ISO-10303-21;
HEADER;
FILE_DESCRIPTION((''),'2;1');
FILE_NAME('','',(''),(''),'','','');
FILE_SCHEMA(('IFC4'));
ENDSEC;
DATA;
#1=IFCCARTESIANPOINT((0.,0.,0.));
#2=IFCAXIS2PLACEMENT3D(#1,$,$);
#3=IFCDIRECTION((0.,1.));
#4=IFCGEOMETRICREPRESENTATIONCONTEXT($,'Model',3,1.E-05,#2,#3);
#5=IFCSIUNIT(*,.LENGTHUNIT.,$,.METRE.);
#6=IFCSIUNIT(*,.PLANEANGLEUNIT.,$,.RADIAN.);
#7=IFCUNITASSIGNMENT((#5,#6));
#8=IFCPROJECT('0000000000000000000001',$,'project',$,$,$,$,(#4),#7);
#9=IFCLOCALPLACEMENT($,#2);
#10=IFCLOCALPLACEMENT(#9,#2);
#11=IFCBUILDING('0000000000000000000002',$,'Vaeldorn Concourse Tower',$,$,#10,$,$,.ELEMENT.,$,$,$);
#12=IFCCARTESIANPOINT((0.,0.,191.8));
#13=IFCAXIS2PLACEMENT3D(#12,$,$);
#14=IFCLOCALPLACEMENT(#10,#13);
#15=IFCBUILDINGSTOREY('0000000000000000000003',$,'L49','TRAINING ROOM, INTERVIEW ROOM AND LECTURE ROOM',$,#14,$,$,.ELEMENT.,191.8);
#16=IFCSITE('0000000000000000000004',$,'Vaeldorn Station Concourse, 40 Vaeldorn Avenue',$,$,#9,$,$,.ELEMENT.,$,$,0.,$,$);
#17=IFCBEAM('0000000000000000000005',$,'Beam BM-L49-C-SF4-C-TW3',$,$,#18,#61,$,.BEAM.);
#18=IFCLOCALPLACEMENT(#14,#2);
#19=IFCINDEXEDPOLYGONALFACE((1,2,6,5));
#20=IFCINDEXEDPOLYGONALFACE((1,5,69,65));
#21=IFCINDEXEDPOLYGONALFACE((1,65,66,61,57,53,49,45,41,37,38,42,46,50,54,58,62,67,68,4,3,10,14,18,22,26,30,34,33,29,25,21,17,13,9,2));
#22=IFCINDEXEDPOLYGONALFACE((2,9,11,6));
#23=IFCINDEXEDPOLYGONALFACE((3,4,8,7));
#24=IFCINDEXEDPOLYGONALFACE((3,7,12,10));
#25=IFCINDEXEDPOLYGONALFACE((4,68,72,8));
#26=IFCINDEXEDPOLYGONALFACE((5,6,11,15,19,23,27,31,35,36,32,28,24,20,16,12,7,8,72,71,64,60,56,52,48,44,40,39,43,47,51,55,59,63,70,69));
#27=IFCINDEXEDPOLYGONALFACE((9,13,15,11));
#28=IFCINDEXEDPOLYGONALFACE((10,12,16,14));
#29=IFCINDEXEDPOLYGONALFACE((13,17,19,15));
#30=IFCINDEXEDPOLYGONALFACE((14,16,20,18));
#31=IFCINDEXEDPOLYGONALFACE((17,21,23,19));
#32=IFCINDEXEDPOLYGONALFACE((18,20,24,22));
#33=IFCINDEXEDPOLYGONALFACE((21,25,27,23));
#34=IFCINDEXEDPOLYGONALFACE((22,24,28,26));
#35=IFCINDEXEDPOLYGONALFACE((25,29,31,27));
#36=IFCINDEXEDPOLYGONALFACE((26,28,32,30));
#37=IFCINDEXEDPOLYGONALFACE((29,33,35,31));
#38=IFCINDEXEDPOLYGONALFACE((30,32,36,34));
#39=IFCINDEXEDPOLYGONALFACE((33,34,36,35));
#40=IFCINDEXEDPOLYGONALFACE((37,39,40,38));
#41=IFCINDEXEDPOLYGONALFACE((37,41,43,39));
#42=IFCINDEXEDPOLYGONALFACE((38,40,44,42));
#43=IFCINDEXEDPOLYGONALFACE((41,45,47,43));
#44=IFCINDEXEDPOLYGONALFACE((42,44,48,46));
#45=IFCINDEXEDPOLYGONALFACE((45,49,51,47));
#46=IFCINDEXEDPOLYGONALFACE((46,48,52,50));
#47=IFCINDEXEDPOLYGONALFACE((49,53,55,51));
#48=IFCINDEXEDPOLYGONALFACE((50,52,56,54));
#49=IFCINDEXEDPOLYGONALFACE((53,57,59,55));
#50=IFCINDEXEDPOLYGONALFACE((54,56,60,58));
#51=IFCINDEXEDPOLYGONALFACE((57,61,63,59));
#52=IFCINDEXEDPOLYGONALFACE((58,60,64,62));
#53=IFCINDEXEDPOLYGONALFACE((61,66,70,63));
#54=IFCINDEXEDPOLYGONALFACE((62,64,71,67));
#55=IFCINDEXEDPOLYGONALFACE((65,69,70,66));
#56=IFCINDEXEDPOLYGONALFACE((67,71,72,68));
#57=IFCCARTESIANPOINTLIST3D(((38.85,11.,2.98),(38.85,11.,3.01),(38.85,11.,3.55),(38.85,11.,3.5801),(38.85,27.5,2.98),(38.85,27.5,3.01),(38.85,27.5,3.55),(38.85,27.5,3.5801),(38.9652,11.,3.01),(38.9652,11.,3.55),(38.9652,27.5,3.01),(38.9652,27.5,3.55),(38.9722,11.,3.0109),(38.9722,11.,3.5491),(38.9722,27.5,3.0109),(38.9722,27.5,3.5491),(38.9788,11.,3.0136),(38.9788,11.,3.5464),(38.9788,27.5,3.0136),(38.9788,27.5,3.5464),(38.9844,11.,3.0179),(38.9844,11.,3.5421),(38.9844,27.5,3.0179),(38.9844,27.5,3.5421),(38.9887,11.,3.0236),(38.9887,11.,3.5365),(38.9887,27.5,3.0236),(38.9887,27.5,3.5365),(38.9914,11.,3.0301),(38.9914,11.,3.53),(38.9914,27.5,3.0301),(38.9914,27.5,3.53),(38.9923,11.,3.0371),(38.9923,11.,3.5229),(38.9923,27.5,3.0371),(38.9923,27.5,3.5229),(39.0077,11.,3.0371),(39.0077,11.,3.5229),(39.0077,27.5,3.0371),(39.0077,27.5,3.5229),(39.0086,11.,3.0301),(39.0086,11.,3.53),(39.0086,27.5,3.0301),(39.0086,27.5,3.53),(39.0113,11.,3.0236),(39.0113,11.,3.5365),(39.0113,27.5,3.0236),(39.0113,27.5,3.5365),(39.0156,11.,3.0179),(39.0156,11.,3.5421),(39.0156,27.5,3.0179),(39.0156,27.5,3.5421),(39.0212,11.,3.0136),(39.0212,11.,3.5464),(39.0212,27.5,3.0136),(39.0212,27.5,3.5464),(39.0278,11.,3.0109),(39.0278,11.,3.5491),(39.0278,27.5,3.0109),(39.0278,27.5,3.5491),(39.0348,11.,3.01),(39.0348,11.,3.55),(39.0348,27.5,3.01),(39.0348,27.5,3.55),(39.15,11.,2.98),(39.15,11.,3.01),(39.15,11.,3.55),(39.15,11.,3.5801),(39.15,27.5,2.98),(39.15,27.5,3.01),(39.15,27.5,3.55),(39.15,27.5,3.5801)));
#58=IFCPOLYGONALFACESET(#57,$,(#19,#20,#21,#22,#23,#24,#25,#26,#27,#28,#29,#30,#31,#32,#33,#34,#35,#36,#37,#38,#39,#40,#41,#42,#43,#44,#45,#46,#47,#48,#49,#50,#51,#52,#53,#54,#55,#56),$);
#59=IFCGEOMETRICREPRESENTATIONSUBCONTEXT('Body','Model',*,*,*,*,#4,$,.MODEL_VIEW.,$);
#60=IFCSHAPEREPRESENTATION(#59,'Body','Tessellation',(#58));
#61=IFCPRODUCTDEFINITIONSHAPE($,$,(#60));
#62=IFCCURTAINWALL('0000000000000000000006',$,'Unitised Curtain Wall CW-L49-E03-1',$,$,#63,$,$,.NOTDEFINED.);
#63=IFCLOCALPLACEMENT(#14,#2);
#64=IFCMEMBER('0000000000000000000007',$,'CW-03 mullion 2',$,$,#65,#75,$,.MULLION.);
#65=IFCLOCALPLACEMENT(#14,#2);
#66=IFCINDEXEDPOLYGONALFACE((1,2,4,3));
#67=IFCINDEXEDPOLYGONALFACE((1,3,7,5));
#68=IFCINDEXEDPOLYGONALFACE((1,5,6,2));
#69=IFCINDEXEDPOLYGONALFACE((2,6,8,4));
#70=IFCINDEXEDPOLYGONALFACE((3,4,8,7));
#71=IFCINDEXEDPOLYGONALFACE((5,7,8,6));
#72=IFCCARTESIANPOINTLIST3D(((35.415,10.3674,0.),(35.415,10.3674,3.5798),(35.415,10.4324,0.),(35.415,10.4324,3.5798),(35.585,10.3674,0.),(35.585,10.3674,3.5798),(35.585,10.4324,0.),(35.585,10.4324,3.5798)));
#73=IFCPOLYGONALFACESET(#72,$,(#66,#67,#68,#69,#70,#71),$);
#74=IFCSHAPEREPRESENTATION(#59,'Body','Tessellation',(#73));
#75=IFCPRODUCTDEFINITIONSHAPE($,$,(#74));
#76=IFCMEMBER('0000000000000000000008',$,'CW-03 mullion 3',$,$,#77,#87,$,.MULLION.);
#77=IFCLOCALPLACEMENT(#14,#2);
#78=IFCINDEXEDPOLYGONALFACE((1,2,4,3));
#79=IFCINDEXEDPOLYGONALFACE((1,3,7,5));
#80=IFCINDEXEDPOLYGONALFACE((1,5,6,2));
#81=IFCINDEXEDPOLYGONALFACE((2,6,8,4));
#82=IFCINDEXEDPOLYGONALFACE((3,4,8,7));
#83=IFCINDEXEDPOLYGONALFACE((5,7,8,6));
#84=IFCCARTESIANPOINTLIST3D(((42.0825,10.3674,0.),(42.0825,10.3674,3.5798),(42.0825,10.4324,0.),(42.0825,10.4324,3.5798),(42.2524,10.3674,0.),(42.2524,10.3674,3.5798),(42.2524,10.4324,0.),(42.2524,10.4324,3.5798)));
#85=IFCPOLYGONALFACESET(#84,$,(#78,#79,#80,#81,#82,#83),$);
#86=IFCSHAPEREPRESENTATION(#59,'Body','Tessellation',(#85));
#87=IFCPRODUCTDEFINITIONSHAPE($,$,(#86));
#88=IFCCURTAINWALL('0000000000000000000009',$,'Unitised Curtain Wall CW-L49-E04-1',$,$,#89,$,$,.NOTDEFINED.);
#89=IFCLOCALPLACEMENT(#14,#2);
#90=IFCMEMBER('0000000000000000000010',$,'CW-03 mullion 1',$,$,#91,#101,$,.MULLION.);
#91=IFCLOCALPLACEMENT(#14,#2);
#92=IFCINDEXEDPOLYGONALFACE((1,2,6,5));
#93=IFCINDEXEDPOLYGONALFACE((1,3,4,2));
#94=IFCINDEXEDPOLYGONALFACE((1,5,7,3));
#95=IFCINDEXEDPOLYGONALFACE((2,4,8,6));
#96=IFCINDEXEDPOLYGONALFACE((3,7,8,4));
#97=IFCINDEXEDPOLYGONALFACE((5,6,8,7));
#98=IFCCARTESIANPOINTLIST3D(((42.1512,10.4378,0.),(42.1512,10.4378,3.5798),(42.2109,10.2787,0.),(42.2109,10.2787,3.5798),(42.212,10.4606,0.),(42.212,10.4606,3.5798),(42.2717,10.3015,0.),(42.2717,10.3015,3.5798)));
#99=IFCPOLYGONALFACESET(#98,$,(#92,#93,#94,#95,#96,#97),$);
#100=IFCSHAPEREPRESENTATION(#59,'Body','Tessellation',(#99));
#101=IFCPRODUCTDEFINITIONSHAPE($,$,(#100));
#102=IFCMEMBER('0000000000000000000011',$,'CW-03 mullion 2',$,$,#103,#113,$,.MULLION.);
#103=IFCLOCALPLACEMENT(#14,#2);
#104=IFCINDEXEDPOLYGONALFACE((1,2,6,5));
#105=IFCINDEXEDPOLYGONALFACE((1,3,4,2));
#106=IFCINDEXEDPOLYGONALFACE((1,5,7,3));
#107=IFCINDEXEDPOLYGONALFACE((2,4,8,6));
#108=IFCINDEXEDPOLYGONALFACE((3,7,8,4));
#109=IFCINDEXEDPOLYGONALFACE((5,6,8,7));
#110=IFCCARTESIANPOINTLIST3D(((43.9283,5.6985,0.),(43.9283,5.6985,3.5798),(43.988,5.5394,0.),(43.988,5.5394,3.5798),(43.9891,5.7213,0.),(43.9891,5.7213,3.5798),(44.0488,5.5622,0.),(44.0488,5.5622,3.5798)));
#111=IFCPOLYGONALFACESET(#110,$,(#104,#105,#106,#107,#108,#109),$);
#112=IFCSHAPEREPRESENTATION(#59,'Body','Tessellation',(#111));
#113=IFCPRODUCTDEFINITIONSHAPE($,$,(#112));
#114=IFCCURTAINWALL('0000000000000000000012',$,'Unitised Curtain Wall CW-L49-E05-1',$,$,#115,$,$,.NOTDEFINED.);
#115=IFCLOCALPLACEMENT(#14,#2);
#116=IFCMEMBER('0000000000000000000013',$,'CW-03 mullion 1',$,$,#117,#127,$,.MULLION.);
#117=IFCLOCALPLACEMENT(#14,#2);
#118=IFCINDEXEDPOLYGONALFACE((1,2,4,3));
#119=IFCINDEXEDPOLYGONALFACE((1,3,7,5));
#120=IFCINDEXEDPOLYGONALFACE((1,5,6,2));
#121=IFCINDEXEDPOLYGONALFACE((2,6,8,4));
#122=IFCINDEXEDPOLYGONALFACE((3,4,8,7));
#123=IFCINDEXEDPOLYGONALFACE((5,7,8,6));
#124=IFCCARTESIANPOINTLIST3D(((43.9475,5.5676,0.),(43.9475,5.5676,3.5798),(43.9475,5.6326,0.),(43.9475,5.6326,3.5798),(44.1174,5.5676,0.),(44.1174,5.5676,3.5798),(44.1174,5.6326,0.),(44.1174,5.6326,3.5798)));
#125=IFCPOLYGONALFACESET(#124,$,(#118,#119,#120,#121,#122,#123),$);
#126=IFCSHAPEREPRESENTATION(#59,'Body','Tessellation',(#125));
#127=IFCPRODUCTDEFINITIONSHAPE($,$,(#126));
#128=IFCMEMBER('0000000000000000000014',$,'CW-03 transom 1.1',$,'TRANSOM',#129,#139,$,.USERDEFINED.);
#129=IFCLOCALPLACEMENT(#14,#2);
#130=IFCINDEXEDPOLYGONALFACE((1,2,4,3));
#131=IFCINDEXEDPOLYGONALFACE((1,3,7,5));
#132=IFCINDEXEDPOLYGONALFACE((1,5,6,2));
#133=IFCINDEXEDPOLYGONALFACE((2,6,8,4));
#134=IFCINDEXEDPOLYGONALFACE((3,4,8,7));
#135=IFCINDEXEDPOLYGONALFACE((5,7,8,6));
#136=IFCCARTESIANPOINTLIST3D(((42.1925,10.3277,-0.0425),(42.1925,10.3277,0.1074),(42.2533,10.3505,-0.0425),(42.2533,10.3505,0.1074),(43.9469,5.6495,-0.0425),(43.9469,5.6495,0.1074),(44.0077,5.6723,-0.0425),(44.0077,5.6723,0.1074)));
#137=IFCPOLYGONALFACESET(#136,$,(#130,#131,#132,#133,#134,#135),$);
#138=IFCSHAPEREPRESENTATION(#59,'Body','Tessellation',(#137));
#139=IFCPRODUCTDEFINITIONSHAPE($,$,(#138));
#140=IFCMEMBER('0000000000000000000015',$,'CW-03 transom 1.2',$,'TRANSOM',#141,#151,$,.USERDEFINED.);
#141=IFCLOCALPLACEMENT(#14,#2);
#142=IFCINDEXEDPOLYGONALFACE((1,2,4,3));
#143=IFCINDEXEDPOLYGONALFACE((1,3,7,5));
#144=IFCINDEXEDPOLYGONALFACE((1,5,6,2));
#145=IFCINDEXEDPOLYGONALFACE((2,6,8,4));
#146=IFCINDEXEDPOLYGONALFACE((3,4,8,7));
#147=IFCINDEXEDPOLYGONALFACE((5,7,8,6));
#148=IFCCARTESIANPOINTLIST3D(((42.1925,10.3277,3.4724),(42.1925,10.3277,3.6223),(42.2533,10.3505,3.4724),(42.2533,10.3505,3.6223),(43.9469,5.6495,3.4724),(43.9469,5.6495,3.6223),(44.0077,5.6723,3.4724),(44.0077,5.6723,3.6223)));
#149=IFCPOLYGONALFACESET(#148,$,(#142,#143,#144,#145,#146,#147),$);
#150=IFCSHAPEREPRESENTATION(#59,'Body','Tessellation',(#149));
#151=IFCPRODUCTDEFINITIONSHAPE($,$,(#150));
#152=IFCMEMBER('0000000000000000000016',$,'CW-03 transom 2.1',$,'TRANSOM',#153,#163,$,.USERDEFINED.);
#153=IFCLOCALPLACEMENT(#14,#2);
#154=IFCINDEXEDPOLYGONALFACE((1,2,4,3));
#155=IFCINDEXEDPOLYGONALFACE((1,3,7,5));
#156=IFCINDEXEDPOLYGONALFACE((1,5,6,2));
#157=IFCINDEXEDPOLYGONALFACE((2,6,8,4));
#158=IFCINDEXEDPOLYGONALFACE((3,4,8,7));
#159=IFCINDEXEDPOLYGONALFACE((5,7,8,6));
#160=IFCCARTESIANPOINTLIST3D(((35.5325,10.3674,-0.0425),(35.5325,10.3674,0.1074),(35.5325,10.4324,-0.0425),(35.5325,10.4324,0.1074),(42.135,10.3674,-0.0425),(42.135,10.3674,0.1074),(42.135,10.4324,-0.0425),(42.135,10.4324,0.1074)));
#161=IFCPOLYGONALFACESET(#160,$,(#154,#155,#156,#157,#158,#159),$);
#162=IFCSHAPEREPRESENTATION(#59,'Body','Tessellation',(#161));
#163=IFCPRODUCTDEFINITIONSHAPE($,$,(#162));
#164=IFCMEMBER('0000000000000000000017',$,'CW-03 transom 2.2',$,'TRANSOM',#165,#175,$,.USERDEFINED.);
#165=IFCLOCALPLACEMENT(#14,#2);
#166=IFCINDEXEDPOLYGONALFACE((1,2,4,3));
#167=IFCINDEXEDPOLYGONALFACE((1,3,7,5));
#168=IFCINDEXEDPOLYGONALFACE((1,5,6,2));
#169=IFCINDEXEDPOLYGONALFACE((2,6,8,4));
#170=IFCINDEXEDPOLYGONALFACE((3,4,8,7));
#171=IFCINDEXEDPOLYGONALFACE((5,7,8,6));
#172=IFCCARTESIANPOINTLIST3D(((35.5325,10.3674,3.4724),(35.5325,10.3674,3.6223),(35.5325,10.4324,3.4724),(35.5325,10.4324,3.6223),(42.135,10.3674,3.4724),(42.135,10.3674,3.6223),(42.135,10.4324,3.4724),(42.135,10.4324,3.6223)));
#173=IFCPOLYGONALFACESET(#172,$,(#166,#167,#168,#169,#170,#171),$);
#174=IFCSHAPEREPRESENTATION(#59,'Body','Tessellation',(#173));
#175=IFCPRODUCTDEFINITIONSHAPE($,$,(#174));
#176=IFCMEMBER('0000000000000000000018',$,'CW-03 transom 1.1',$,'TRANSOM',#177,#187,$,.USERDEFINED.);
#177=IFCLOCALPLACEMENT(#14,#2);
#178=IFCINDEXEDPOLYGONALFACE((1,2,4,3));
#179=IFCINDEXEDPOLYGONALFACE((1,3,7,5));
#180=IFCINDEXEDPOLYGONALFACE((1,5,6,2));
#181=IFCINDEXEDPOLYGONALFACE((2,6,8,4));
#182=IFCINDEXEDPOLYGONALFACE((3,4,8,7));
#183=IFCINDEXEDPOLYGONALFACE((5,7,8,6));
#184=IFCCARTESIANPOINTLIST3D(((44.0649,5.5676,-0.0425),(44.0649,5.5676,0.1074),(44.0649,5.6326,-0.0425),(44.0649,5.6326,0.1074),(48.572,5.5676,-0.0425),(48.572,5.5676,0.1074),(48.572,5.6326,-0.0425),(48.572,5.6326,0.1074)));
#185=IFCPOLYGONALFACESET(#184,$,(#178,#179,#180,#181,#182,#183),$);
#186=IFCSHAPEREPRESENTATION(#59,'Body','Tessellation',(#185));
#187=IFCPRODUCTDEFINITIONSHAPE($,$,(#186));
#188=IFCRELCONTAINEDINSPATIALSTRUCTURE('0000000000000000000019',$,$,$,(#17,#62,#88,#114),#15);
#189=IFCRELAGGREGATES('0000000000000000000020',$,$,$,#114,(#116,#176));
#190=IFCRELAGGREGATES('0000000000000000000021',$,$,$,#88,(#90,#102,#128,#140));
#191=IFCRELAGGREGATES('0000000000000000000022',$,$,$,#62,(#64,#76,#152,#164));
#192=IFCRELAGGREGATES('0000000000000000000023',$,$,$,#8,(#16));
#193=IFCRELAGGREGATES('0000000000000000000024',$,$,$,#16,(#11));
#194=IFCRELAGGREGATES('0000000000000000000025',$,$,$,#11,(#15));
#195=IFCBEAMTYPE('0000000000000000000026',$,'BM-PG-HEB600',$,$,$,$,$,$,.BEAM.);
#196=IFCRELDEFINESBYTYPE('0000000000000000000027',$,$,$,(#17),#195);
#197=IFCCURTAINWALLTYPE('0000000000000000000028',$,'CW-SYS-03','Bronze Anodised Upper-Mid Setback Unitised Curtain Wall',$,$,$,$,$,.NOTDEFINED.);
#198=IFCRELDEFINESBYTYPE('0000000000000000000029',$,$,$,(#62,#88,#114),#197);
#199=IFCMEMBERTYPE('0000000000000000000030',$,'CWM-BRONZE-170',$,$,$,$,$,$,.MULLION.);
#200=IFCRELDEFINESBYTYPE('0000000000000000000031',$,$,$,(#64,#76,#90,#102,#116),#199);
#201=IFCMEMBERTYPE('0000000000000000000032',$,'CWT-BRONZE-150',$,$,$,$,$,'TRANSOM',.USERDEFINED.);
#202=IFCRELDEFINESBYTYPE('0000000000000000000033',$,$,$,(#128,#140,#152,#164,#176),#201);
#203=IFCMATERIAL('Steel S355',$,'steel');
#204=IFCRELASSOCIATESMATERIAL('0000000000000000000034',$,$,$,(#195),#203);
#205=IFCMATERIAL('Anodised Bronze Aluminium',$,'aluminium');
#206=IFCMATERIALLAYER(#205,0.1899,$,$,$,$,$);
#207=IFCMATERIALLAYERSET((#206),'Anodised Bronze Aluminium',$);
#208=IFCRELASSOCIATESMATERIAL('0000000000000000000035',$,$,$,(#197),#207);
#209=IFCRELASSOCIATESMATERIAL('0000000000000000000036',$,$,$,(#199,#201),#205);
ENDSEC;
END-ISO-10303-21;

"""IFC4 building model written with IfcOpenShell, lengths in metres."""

from ifc_helpers import new_model, si_unit, direction, frame, origin, origin_2d, place, context, subcontext, project, spatial, rectangle, i_section, extrude, source, transform, mapped, material, layer, layer_set, material_profile, profile_set, type_object, element, aggregate, save


model = new_model("IFC4")

# Units and contexts
model_context = context("Model", 3, precision=1e-05, world=origin(), true_north=direction((0.0, 1.0)))
body_context = subcontext(model_context, "Body", "Model", "MODEL_VIEW")
ifc_project = project(units=[si_unit("LENGTHUNIT", "METRE"), si_unit("PLANEANGLEUNIT", "RADIAN")], contexts=[model_context])

# Site, building, storey
site_placement = place(None, origin())
site = spatial("IfcSite", under=ifc_project, at=site_placement, Name="Vaeldorn Station Concourse, 40 Vaeldorn Avenue", CompositionType="ELEMENT", RefElevation=0.0)
building_placement = place(site_placement, origin())
building = spatial("IfcBuilding", under=site, at=building_placement, Name="Vaeldorn Concourse Tower", CompositionType="ELEMENT")
storey_placement = place(building_placement, frame((0.0, 0.0, 191.8)))
storey = spatial("IfcBuildingStorey", under=building, at=storey_placement, Name="L49", Description="TRAINING ROOM, INTERVIEW ROOM AND LECTURE ROOM", CompositionType="ELEMENT", Elevation=191.8)

# Shared definitions
ifc_material_1 = material(Name="Steel S355", Category="steel")

# Beam
ifc_material_profile_1 = material_profile(ifc_material_1, i_section(OverallWidth=0.3, OverallDepth=0.6001, WebThickness=0.0154, FlangeThickness=0.03, FilletRadius=0.0271, at=origin_2d()), Name="HEB 600")
ifc_profile_set_1 = profile_set([ifc_material_profile_1], Name="Steel S355")
beam_type_1 = type_object("IfcBeamType", Name="BM-PG-HEB600", PredefinedType="BEAM", material=ifc_profile_set_1)
shared_shape_1 = source(origin(), body_context, "Body", "SweptSolid", [
    extrude(i_section(OverallWidth=0.3, OverallDepth=0.6001, WebThickness=0.0154, FlangeThickness=0.03, FilletRadius=0.0271, at=origin_2d()), origin(), (0.0, 0.0, 1.0), 16.5),
])
beam_1_placement = place(storey_placement, frame((39.0, 11.0, 3.28), z_axis=(0.0, 1.0, 0.0), x_axis=(-1.0, 0.0, 0.0)))
element("IfcBeam", 1, at=beam_1_placement, inside=storey, type_object=beam_type_1, Name="Beam BM-L49-C-SF4-C-TW3", PredefinedType="BEAM", context=body_context, shape_type="MappedRepresentation", body=[
    mapped(shared_shape_1, transform((0.0, 0.0, 0.0), scale=1.0)),
])

# Curtain walls, members
ifc_material_2 = material(Name="Anodised Bronze Aluminium", Category="aluminium")
ifc_layer_1 = layer(ifc_material_2, 0.1899)
ifc_layer_set_1 = layer_set([ifc_layer_1], Name="Anodised Bronze Aluminium")
curtain_wall_type = type_object("IfcCurtainWallType", Name="CW-SYS-03", Description="Bronze Anodised Upper-Mid Setback Unitised Curtain Wall", PredefinedType="NOTDEFINED", material=ifc_layer_set_1)
curtain_wall_1_placement = place(storey_placement, origin())
curtain_wall_1 = element("IfcCurtainWall", 2, at=curtain_wall_1_placement, inside=storey, type_object=curtain_wall_type, Name="Unitised Curtain Wall CW-L49-E03-1", PredefinedType="NOTDEFINED")
ifc_material_profile_2 = material_profile(ifc_material_2, rectangle(XDim=0.0649, YDim=0.1699, at=origin_2d()), Name="CWM 65x170")
ifc_profile_set_2 = profile_set([ifc_material_profile_2], Name="Anodised Bronze Aluminium")
member_type_1 = type_object("IfcMemberType", Name="CWM-BRONZE-170", PredefinedType="MULLION", material=ifc_profile_set_2)
shared_shape_2 = source(origin(), body_context, "Body", "SweptSolid", [
    extrude(rectangle(XDim=0.0649, YDim=0.1699, at=origin_2d()), origin(), (0.0, 0.0, 1.0), 3.5798),
])
member_1_placement = place(storey_placement, frame((35.5, 10.3999, 0.0), z_axis=(0.0, 0.0, 1.0), x_axis=(0.0, 1.0, 0.0)))
member_1 = element("IfcMember", 3, at=member_1_placement, type_object=member_type_1, Name="CW-03 mullion 2", PredefinedType="MULLION", context=body_context, shape_type="MappedRepresentation", body=[
    mapped(shared_shape_2, transform((0.0, 0.0, 0.0), scale=1.0)),
])
member_2_placement = place(storey_placement, frame((42.1675, 10.3999, 0.0), z_axis=(0.0, 0.0, 1.0), x_axis=(0.0, 1.0, 0.0)))
member_2 = element("IfcMember", 4, at=member_2_placement, type_object=member_type_1, Name="CW-03 mullion 3", PredefinedType="MULLION", context=body_context, shape_type="MappedRepresentation", body=[
    mapped(shared_shape_2, transform((0.0, 0.0, 0.0), scale=1.0)),
])
curtain_wall_2_placement = place(storey_placement, origin())
curtain_wall_2 = element("IfcCurtainWall", 5, at=curtain_wall_2_placement, inside=storey, type_object=curtain_wall_type, Name="Unitised Curtain Wall CW-L49-E04-1", PredefinedType="NOTDEFINED")
member_3_placement = place(storey_placement, frame((42.2114, 10.3696, 0.0), z_axis=(0.0, 0.0, 1.0), x_axis=(0.936329, 0.351123, 0.0)))
member_3 = element("IfcMember", 6, at=member_3_placement, type_object=member_type_1, Name="CW-03 mullion 1", PredefinedType="MULLION", context=body_context, shape_type="MappedRepresentation", body=[
    mapped(shared_shape_2, transform((0.0, 0.0, 0.0), scale=1.0)),
])
member_4_placement = place(storey_placement, frame((43.9885, 5.6304, 0.0), z_axis=(0.0, 0.0, 1.0), x_axis=(0.936329, 0.351123, 0.0)))
member_4 = element("IfcMember", 7, at=member_4_placement, type_object=member_type_1, Name="CW-03 mullion 2", PredefinedType="MULLION", context=body_context, shape_type="MappedRepresentation", body=[
    mapped(shared_shape_2, transform((0.0, 0.0, 0.0), scale=1.0)),
])

# Curtain wall, member
curtain_wall_3_placement = place(storey_placement, origin())
curtain_wall_3 = element("IfcCurtainWall", 8, at=curtain_wall_3_placement, inside=storey, type_object=curtain_wall_type, Name="Unitised Curtain Wall CW-L49-E05-1", PredefinedType="NOTDEFINED")
member_5_placement = place(storey_placement, frame((44.0325, 5.6001, 0.0), z_axis=(0.0, 0.0, 1.0), x_axis=(0.0, 1.0, 0.0)))
member_5 = element("IfcMember", 9, at=member_5_placement, type_object=member_type_1, Name="CW-03 mullion 1", PredefinedType="MULLION", context=body_context, shape_type="MappedRepresentation", body=[
    mapped(shared_shape_2, transform((0.0, 0.0, 0.0), scale=1.0)),
])

# Members
ifc_material_profile_3 = material_profile(ifc_material_2, rectangle(XDim=0.0649, YDim=0.1499, at=origin_2d()), Name="CWT 65x150")
ifc_profile_set_3 = profile_set([ifc_material_profile_3], Name="Anodised Bronze Aluminium")
member_type_2 = type_object("IfcMemberType", Name="CWT-BRONZE-150", ElementType="TRANSOM", PredefinedType="USERDEFINED", material=ifc_profile_set_3)
shared_shape_3 = source(origin(), body_context, "Body", "SweptSolid", [
    extrude(rectangle(XDim=0.0649, YDim=0.1499, at=origin_2d()), origin(), (0.0, 0.0, 1.0), 4.9963),
])
member_6_placement = place(storey_placement, frame((42.2229, 10.3391, 0.0325), z_axis=(0.351134, -0.936325, 0.0), x_axis=(0.936325, 0.351134, 0.0)))
member_6 = element("IfcMember", 10, at=member_6_placement, type_object=member_type_2, Name="CW-03 transom 1.1", ObjectType="TRANSOM", PredefinedType="USERDEFINED", context=body_context, shape_type="MappedRepresentation", body=[
    mapped(shared_shape_3, transform((0.0, 0.0, 0.0), scale=1.0)),
])
member_7_placement = place(storey_placement, frame((42.2229, 10.3391, 3.5474), z_axis=(0.351134, -0.936325, 0.0), x_axis=(0.936325, 0.351134, 0.0)))
member_7 = element("IfcMember", 11, at=member_7_placement, type_object=member_type_2, Name="CW-03 transom 1.2", ObjectType="TRANSOM", PredefinedType="USERDEFINED", context=body_context, shape_type="MappedRepresentation", body=[
    mapped(shared_shape_3, transform((0.0, 0.0, 0.0), scale=1.0)),
])
shared_shape_4 = source(origin(), body_context, "Body", "SweptSolid", [
    extrude(rectangle(XDim=0.0649, YDim=0.1499, at=origin_2d()), origin(), (0.0, 0.0, 1.0), 6.6025),
])
member_8_placement = place(storey_placement, frame((35.5325, 10.3999, 0.0325), z_axis=(1.0, 0.0, 0.0), x_axis=(0.0, 1.0, 0.0)))
member_8 = element("IfcMember", 12, at=member_8_placement, type_object=member_type_2, Name="CW-03 transom 2.1", ObjectType="TRANSOM", PredefinedType="USERDEFINED", context=body_context, shape_type="MappedRepresentation", body=[
    mapped(shared_shape_4, transform((0.0, 0.0, 0.0), scale=1.0)),
])
member_9_placement = place(storey_placement, frame((35.5325, 10.3999, 3.5474), z_axis=(1.0, 0.0, 0.0), x_axis=(0.0, 1.0, 0.0)))
member_9 = element("IfcMember", 13, at=member_9_placement, type_object=member_type_2, Name="CW-03 transom 2.2", ObjectType="TRANSOM", PredefinedType="USERDEFINED", context=body_context, shape_type="MappedRepresentation", body=[
    mapped(shared_shape_4, transform((0.0, 0.0, 0.0), scale=1.0)),
])
shared_shape_5 = source(origin(), body_context, "Body", "SweptSolid", [
    extrude(rectangle(XDim=0.0649, YDim=0.1499, at=origin_2d()), origin(), (0.0, 0.0, 1.0), 4.5071),
])
member_10_placement = place(storey_placement, frame((44.0649, 5.6001, 0.0325), z_axis=(1.0, 0.0, 0.0), x_axis=(0.0, 1.0, 0.0)))
member_10 = element("IfcMember", 14, at=member_10_placement, type_object=member_type_2, Name="CW-03 transom 1.1", ObjectType="TRANSOM", PredefinedType="USERDEFINED", context=body_context, shape_type="MappedRepresentation", body=[
    mapped(shared_shape_5, transform((0.0, 0.0, 0.0), scale=1.0)),
])
aggregate(curtain_wall_3, [member_5, member_10])

aggregate(curtain_wall_2, [member_3, member_4, member_6, member_7])
aggregate(curtain_wall_1, [member_1, member_2, member_8, member_9])

save(model, "model.ifc")
